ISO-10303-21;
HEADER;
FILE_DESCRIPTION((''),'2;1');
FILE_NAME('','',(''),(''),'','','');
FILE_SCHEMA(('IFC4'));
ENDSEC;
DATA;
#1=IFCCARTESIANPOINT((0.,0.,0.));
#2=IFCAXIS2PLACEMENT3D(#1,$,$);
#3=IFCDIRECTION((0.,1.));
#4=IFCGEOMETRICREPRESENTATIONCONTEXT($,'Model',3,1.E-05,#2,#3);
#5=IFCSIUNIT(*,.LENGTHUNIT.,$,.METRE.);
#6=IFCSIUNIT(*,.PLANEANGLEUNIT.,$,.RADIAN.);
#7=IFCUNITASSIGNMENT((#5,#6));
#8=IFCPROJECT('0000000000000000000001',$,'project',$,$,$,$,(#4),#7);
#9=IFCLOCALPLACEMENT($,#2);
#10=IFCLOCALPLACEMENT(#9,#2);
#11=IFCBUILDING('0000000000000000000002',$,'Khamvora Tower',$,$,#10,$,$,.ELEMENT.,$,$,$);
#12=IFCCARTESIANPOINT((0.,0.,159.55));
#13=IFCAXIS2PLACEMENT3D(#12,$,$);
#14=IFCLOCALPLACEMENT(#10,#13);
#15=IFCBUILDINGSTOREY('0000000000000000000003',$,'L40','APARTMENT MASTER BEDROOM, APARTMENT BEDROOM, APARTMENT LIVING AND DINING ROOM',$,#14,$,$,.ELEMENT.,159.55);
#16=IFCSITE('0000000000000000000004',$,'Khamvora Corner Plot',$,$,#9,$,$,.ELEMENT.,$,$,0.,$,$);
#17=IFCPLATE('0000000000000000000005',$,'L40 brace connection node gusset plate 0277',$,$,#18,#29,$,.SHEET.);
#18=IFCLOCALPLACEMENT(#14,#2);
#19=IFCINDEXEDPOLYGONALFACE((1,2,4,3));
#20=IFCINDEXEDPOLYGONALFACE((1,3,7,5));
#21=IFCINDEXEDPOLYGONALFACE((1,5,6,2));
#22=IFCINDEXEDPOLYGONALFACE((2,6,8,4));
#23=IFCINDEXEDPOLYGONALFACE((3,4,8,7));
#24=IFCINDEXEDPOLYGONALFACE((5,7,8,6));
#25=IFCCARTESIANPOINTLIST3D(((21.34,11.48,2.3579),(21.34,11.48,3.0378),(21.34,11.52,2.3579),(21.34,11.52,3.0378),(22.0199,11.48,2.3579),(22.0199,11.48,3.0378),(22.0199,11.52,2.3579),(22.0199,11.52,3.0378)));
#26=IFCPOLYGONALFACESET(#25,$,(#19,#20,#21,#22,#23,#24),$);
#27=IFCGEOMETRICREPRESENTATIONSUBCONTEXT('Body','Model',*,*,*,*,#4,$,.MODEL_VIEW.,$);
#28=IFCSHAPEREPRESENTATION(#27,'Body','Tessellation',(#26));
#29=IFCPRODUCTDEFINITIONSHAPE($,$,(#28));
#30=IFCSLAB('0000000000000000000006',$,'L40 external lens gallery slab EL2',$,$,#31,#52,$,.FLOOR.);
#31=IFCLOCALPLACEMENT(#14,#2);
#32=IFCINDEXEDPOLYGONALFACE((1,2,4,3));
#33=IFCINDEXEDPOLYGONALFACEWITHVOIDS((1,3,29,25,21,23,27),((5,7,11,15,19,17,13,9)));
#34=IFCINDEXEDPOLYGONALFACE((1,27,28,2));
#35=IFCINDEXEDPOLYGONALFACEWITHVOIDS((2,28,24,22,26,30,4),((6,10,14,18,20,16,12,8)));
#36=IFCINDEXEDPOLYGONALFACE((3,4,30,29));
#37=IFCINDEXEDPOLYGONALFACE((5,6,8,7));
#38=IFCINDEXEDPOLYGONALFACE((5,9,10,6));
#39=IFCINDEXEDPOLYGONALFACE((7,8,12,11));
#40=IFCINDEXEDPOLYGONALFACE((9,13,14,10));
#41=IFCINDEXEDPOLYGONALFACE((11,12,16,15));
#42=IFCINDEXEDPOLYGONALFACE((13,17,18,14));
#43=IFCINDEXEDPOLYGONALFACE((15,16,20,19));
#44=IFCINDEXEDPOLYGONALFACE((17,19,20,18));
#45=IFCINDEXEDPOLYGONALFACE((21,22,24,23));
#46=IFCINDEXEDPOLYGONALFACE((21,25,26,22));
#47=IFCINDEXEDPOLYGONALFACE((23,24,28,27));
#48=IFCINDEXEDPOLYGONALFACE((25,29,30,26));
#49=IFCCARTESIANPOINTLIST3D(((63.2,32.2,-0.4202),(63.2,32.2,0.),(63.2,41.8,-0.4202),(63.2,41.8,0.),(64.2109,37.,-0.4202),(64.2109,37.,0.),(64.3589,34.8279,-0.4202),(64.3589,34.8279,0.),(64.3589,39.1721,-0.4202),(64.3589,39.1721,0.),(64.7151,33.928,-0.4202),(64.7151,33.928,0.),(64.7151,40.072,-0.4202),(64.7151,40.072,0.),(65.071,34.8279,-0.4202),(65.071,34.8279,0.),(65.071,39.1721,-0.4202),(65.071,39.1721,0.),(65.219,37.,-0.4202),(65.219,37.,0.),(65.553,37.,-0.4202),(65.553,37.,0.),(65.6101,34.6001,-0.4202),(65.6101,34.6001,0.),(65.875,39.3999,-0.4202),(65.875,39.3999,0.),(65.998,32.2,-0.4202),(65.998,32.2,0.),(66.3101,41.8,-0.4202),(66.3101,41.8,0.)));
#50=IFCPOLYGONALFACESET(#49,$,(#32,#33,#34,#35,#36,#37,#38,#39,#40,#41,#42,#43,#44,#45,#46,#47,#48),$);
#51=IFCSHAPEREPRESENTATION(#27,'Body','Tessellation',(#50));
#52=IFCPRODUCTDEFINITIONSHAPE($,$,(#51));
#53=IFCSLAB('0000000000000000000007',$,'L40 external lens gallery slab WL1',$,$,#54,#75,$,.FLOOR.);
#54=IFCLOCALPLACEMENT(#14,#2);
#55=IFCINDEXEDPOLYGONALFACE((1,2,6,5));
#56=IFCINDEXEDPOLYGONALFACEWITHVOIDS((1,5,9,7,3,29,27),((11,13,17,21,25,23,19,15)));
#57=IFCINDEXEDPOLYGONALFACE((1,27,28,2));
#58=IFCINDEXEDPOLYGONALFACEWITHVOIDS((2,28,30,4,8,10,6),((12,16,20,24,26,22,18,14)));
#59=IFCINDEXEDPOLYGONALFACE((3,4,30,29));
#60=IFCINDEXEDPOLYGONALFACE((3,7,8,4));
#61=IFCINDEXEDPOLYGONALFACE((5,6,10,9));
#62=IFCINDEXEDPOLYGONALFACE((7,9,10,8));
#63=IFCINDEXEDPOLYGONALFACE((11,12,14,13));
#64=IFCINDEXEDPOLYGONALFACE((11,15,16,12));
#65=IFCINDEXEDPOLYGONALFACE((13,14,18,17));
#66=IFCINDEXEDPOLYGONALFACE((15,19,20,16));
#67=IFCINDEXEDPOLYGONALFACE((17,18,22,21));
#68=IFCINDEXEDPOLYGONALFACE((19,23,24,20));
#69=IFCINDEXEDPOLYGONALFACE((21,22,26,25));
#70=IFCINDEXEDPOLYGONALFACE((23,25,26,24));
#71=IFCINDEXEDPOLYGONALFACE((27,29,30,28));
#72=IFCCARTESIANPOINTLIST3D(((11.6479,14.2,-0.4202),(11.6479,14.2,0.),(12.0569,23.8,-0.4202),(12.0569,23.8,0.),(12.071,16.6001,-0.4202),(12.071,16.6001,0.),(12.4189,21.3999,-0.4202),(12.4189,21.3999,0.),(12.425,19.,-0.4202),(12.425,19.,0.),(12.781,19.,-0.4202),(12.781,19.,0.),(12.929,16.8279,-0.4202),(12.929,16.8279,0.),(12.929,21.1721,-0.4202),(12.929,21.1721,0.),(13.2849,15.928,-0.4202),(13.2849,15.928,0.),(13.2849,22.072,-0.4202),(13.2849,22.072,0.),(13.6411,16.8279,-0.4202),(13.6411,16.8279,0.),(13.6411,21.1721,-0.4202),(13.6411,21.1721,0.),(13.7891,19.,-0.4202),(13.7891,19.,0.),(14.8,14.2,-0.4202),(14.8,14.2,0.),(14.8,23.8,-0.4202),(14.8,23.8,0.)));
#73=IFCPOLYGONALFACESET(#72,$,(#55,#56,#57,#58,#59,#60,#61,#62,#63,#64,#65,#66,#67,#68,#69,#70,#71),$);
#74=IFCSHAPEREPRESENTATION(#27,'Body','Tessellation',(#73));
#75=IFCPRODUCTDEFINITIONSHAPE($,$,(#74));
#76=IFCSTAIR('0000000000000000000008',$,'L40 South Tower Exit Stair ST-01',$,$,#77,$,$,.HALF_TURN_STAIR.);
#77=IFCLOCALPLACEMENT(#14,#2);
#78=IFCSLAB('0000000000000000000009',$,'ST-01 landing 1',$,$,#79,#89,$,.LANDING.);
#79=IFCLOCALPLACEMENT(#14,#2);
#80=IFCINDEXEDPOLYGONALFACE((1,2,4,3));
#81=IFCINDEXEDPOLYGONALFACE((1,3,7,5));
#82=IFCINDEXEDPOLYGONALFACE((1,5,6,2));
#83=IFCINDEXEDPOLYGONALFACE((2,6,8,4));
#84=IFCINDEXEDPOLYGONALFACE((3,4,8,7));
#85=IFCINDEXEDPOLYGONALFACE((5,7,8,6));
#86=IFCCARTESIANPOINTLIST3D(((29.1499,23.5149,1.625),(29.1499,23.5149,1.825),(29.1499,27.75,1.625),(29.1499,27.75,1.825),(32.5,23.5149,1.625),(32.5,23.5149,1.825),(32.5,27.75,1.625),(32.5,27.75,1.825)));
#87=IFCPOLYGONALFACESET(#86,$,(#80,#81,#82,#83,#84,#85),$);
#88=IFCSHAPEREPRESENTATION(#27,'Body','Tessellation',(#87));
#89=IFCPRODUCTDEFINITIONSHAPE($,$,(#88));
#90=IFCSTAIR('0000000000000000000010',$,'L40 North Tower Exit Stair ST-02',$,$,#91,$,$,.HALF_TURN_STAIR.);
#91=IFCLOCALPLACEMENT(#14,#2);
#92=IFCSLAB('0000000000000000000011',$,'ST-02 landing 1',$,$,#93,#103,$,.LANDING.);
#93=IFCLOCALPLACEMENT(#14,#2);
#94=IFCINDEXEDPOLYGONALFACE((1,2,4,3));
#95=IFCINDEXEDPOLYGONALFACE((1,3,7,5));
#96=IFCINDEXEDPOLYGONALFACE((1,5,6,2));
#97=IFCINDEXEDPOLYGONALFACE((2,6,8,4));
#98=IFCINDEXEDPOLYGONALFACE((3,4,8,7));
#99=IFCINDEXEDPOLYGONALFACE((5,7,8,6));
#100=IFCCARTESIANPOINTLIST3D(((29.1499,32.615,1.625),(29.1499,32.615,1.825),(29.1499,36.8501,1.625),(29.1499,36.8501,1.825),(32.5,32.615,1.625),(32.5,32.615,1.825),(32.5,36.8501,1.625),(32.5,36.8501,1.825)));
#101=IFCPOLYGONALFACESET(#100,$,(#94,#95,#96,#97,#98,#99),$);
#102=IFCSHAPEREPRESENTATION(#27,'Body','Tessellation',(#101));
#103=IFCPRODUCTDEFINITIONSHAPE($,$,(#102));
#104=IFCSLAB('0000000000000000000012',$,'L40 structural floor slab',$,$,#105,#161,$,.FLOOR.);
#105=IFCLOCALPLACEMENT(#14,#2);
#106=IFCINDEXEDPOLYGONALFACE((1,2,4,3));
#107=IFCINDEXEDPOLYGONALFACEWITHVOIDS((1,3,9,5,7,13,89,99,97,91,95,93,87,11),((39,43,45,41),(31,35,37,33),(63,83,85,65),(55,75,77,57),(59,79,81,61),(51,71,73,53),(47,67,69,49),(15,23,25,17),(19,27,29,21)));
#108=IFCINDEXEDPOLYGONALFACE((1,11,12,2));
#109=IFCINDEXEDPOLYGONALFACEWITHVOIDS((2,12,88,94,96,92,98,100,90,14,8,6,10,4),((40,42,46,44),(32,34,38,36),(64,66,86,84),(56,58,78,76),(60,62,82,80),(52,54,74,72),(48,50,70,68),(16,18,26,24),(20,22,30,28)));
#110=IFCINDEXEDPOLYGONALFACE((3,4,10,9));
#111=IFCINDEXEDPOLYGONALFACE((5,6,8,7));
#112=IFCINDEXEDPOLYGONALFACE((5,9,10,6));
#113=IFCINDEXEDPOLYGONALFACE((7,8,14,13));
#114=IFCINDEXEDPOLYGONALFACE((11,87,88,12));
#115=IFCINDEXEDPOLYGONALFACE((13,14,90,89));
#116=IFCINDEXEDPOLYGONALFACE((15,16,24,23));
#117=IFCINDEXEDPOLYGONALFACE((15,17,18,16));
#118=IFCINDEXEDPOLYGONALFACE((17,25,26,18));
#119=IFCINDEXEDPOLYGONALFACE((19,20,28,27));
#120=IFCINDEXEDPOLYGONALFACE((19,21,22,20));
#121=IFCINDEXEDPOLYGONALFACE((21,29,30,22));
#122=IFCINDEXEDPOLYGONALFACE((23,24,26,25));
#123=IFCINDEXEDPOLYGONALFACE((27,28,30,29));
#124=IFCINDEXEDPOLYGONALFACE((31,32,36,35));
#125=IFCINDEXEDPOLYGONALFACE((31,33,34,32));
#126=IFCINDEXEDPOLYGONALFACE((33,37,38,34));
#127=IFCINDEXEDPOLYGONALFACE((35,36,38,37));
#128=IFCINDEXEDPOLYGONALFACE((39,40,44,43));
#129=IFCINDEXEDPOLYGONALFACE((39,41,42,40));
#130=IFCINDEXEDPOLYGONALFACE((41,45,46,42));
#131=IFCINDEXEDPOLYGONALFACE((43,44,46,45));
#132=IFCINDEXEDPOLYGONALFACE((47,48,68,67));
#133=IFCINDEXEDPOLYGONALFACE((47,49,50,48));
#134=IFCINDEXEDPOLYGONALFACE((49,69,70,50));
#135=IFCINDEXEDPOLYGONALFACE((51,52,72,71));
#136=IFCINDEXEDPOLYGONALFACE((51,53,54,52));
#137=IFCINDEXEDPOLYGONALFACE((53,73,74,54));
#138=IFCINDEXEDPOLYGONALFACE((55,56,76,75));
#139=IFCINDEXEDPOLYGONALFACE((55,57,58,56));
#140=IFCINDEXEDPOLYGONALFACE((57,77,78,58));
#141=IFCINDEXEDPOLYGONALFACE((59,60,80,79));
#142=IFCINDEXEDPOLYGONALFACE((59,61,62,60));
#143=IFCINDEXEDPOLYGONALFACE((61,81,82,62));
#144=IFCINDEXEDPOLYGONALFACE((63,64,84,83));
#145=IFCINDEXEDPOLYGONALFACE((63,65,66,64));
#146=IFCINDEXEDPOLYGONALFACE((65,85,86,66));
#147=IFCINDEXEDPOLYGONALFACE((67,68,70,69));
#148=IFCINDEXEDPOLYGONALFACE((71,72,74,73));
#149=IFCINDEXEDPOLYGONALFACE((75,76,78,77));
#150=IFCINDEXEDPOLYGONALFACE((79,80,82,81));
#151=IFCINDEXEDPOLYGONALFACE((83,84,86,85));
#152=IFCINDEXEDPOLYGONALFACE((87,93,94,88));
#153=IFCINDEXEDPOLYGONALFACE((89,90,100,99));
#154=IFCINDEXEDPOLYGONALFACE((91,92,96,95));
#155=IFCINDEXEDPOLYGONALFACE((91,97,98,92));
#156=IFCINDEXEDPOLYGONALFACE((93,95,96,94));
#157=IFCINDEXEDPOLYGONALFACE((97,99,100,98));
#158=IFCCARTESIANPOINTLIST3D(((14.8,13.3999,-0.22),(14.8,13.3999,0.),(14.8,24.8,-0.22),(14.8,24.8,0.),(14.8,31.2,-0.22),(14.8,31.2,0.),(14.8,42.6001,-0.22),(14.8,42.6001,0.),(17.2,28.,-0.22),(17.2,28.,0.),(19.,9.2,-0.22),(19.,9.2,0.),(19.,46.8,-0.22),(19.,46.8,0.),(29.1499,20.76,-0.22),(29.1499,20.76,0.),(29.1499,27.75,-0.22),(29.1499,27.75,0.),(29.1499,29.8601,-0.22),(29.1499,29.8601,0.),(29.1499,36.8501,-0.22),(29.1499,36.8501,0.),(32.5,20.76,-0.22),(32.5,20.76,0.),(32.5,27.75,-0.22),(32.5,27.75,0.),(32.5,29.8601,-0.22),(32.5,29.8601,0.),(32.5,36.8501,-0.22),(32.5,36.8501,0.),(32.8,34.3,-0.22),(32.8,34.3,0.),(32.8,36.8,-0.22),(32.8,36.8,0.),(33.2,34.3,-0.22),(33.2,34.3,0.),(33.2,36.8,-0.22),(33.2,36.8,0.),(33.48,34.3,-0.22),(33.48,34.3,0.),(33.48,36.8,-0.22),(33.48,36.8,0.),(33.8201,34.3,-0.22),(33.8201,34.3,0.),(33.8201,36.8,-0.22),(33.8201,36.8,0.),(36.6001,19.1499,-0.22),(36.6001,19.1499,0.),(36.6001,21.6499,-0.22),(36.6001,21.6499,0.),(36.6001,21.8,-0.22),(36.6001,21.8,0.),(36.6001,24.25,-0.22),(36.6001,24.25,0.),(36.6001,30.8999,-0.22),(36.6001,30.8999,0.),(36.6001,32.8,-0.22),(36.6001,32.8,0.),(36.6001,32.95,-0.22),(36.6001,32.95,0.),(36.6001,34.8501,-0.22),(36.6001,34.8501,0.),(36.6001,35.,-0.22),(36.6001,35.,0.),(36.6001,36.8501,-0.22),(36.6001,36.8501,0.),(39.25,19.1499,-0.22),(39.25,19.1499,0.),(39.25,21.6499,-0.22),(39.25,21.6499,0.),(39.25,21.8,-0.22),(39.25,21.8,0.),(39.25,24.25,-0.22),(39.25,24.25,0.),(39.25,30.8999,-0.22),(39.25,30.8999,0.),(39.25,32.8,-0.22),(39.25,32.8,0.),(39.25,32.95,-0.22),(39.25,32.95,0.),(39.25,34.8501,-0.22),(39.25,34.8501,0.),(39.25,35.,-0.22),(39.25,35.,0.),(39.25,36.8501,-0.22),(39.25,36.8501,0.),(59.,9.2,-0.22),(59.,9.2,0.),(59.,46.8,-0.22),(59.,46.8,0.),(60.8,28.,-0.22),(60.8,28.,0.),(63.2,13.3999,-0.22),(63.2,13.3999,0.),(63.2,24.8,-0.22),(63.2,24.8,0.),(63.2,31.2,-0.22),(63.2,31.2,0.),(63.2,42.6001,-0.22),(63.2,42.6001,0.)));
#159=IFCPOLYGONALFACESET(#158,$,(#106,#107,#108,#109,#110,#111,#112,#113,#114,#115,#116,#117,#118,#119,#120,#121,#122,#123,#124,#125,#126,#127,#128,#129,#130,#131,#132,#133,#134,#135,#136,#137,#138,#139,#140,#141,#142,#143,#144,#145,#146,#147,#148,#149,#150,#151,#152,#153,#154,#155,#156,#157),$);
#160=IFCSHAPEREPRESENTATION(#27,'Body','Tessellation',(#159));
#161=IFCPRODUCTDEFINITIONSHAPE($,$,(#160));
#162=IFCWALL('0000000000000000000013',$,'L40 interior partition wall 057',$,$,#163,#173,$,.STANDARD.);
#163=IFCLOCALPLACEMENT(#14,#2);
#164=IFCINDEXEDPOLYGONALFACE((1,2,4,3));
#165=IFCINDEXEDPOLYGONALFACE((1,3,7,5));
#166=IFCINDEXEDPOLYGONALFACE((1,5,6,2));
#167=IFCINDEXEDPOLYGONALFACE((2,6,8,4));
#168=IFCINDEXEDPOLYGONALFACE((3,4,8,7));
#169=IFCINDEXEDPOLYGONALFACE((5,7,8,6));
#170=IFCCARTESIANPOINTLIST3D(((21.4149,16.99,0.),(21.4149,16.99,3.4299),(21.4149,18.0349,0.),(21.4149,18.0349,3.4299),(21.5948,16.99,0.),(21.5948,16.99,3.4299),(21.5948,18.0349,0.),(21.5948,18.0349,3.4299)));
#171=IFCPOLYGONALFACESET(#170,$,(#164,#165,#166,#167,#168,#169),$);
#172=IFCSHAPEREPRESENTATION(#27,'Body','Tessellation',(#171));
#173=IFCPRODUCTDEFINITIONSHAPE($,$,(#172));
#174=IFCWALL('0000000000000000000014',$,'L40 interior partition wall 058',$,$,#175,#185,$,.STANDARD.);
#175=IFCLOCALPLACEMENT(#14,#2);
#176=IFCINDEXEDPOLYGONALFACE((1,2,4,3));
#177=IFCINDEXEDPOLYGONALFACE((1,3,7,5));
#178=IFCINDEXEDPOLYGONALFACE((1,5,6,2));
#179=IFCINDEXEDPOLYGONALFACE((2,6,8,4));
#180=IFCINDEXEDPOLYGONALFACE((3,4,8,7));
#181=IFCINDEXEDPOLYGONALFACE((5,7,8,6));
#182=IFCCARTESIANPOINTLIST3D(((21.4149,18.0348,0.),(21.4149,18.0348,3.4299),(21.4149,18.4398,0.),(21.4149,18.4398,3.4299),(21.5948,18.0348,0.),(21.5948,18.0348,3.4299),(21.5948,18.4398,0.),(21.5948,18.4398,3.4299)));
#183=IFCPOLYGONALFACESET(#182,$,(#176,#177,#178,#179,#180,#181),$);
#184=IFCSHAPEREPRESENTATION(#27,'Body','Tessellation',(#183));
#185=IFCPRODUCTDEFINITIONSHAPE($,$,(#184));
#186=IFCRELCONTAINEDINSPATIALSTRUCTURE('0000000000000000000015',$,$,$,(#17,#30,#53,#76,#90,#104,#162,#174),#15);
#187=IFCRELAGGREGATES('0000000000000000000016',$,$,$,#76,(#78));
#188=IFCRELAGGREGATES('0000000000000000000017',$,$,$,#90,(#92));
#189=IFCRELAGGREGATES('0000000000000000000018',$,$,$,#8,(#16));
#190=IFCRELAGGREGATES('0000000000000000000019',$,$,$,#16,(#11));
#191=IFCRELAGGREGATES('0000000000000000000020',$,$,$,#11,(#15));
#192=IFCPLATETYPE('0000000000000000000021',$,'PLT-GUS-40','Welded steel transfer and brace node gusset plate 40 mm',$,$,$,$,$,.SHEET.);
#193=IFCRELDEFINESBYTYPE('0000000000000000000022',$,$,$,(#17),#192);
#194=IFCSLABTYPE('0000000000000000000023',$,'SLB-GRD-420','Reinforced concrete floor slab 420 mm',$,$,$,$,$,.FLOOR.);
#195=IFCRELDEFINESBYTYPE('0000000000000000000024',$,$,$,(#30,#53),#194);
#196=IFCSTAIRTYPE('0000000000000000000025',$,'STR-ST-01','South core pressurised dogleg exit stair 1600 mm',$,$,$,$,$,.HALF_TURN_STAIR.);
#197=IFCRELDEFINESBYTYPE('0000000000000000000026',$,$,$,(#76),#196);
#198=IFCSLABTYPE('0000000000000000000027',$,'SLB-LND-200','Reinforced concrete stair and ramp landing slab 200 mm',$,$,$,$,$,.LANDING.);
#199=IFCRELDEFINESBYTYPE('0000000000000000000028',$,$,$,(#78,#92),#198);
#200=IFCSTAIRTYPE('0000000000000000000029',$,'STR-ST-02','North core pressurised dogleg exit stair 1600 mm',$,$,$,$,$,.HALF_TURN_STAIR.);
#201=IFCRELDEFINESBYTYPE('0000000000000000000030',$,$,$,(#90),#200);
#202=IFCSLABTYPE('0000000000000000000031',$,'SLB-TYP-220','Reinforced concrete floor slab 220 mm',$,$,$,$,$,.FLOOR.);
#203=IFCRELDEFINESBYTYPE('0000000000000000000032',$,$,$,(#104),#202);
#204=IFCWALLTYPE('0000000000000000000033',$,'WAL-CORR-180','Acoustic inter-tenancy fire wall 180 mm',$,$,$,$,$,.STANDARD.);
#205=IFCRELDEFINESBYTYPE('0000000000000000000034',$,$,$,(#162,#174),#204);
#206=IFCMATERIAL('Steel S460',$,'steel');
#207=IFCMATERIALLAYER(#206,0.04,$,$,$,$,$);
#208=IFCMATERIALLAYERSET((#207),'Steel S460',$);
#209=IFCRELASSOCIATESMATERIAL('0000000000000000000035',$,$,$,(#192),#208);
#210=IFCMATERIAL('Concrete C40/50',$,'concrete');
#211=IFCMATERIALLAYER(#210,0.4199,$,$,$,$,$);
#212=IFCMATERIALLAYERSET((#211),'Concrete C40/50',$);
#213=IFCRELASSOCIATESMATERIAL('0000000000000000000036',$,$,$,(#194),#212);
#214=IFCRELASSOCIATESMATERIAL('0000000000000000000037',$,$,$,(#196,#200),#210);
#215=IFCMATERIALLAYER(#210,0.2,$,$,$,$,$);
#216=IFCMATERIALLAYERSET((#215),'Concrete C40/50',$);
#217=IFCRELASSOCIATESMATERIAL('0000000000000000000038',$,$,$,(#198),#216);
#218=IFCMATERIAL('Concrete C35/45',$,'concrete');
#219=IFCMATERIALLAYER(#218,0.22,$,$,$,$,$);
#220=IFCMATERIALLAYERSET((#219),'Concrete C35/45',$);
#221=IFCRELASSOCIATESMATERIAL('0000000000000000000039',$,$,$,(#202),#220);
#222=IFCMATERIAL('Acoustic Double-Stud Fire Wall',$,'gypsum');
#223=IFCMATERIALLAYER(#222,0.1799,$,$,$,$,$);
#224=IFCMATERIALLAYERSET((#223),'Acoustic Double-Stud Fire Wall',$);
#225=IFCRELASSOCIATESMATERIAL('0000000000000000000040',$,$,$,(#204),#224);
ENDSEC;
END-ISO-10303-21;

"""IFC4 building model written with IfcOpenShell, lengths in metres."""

from ifc_helpers import new_model, si_unit, direction, frame, frame_2d, origin, origin_2d, place, context, subcontext, project, spatial, polyline, rectangle, outline, extrude, material, layer, layer_set, type_object, element, aggregate, save


model = new_model("IFC4")

# Units and contexts
model_context = context("Model", 3, precision=1e-05, world=origin(), true_north=direction((0.0, 1.0)))
body_context = subcontext(model_context, "Body", "Model", "MODEL_VIEW")
ifc_project = project(units=[si_unit("LENGTHUNIT", "METRE"), si_unit("PLANEANGLEUNIT", "RADIAN")], contexts=[model_context])

# Site, building, storey
site_placement = place(None, origin())
site = spatial("IfcSite", under=ifc_project, at=site_placement, Name="Khamvora Corner Plot", CompositionType="ELEMENT", RefElevation=0.0)
building_placement = place(site_placement, origin())
building = spatial("IfcBuilding", under=site, at=building_placement, Name="Khamvora Tower", CompositionType="ELEMENT")
storey_placement = place(building_placement, frame((0.0, 0.0, 159.55)))
storey = spatial("IfcBuildingStorey", under=building, at=storey_placement, Name="L40", Description="APARTMENT MASTER BEDROOM, APARTMENT BEDROOM, APARTMENT LIVING AND DINING ROOM", CompositionType="ELEMENT", Elevation=159.55)

# Plate
ifc_material_1 = material(Name="Steel S460", Category="steel")
ifc_layer_1 = layer(ifc_material_1, 0.04)
ifc_layer_set_1 = layer_set([ifc_layer_1], Name="Steel S460")
plate_type_1 = type_object("IfcPlateType", Name="PLT-GUS-40", Description="Welded steel transfer and brace node gusset plate 40 mm", PredefinedType="SHEET", material=ifc_layer_set_1)
plate_1_placement = place(storey_placement, frame((21.6799, 11.5, 2.3579), z_axis=(0.0, 0.0, 1.0), x_axis=(1.0, 0.0, 0.0)))
element("IfcPlate", 1, at=plate_1_placement, inside=storey, type_object=plate_type_1, Name="L40 brace connection node gusset plate 0277", PredefinedType="SHEET", context=body_context, shape_type="SweptSolid", body=[
    extrude(rectangle(XDim=0.6799, YDim=0.04, at=origin_2d()), origin(), (0.0, 0.0, 1.0), 0.6799),
])

# Slabs
ifc_material_2 = material(Name="Concrete C40/50", Category="concrete")
ifc_layer_2 = layer(ifc_material_2, 0.4199)
ifc_layer_set_2 = layer_set([ifc_layer_2], Name="Concrete C40/50")
slab_type_1 = type_object("IfcSlabType", Name="SLB-GRD-420", Description="Reinforced concrete floor slab 420 mm", PredefinedType="FLOOR", material=ifc_layer_set_2)
slab_1_placement = place(storey_placement, frame((0.0, 0.0, -0.4202)))
element("IfcSlab", 2, at=slab_1_placement, inside=storey, type_object=slab_type_1, Name="L40 external lens gallery slab EL2", PredefinedType="FLOOR", context=body_context, shape_type="SweptSolid", body=[
    extrude(outline(polyline([(65.998, 32.2), (65.6101, 34.6001), (65.553, 37.0), (65.875, 39.3999), (66.3101, 41.8), (63.2, 41.8), (63.2, 32.2), (65.998, 32.2)]), holes=[polyline([(65.219, 37.0), (65.071, 39.1721), (64.7151, 40.072), (64.3589, 39.1721), (64.2109, 37.0), (64.3589, 34.8279), (64.7151, 33.928), (65.071, 34.8279), (65.219, 37.0)])]), origin(), (0.0, 0.0, 1.0), 0.4202),
])
slab_2_placement = place(storey_placement, frame((0.0, 0.0, -0.4202)))
element("IfcSlab", 3, at=slab_2_placement, inside=storey, type_object=slab_type_1, Name="L40 external lens gallery slab WL1", PredefinedType="FLOOR", context=body_context, shape_type="SweptSolid", body=[
    extrude(outline(polyline([(14.8, 14.2), (14.8, 23.8), (12.0569, 23.8), (12.4189, 21.3999), (12.425, 19.0), (12.071, 16.6001), (11.6479, 14.2), (14.8, 14.2)]), holes=[polyline([(13.7891, 19.0), (13.6411, 21.1721), (13.2849, 22.072), (12.929, 21.1721), (12.781, 19.0), (12.929, 16.8279), (13.2849, 15.928), (13.6411, 16.8279), (13.7891, 19.0)])]), origin(), (0.0, 0.0, 1.0), 0.4202),
])

# Stairs, slabs
stair_type_1 = type_object("IfcStairType", Name="STR-ST-01", Description="South core pressurised dogleg exit stair 1600 mm", PredefinedType="HALF_TURN_STAIR", material=ifc_material_2)
stair_1_placement = place(storey_placement, origin())
stair_1 = element("IfcStair", 4, at=stair_1_placement, inside=storey, type_object=stair_type_1, Name="L40 South Tower Exit Stair ST-01", PredefinedType="HALF_TURN_STAIR")
ifc_layer_3 = layer(ifc_material_2, 0.2)
ifc_layer_set_3 = layer_set([ifc_layer_3], Name="Concrete C40/50")
slab_type_2 = type_object("IfcSlabType", Name="SLB-LND-200", Description="Reinforced concrete stair and ramp landing slab 200 mm", PredefinedType="LANDING", material=ifc_layer_set_3)
slab_3_placement = place(storey_placement, frame((0.0, 0.0, 1.625)))
slab_3 = element("IfcSlab", 5, at=slab_3_placement, type_object=slab_type_2, Name="ST-01 landing 1", PredefinedType="LANDING", context=body_context, shape_type="SweptSolid", body=[
    extrude(outline(polyline([(32.5, 23.5149), (32.5, 27.75), (29.1499, 27.75), (29.1499, 23.5149), (32.5, 23.5149)])), origin(), (0.0, 0.0, 1.0), 0.2),
])
aggregate(stair_1, [slab_3])
stair_type_2 = type_object("IfcStairType", Name="STR-ST-02", Description="North core pressurised dogleg exit stair 1600 mm", PredefinedType="HALF_TURN_STAIR", material=ifc_material_2)
stair_2_placement = place(storey_placement, origin())
stair_2 = element("IfcStair", 6, at=stair_2_placement, inside=storey, type_object=stair_type_2, Name="L40 North Tower Exit Stair ST-02", PredefinedType="HALF_TURN_STAIR")
slab_4_placement = place(storey_placement, frame((0.0, 0.0, 1.625)))
slab_4 = element("IfcSlab", 7, at=slab_4_placement, type_object=slab_type_2, Name="ST-02 landing 1", PredefinedType="LANDING", context=body_context, shape_type="SweptSolid", body=[
    extrude(outline(polyline([(32.5, 32.615), (32.5, 36.8501), (29.1499, 36.8501), (29.1499, 32.615), (32.5, 32.615)])), origin(), (0.0, 0.0, 1.0), 0.2),
])
aggregate(stair_2, [slab_4])

# Slab
ifc_material_3 = material(Name="Concrete C35/45", Category="concrete")
ifc_layer_4 = layer(ifc_material_3, 0.22)
ifc_layer_set_4 = layer_set([ifc_layer_4], Name="Concrete C35/45")
slab_type_3 = type_object("IfcSlabType", Name="SLB-TYP-220", Description="Reinforced concrete floor slab 220 mm", PredefinedType="FLOOR", material=ifc_layer_set_4)
slab_5_placement = place(storey_placement, frame((0.0, 0.0, -0.22)))
element("IfcSlab", 8, at=slab_5_placement, inside=storey, type_object=slab_type_3, Name="L40 structural floor slab", PredefinedType="FLOOR", context=body_context, shape_type="SweptSolid", body=[
    extrude(outline(polyline([(19.0, 9.2), (59.0, 9.2), (63.2, 13.3999), (63.2, 24.8), (60.8, 28.0), (63.2, 31.2), (63.2, 42.6001), (59.0, 46.8), (19.0, 46.8), (14.8, 42.6001), (14.8, 31.2), (17.2, 28.0), (14.8, 24.8), (14.8, 13.3999), (19.0, 9.2)]), holes=[polyline([(32.5, 20.76), (32.5, 27.75), (29.1499, 27.75), (29.1499, 20.76), (32.5, 20.76)]), polyline([(32.5, 29.8601), (32.5, 36.8501), (29.1499, 36.8501), (29.1499, 29.8601), (32.5, 29.8601)]), polyline([(36.6001, 19.1499), (39.25, 19.1499), (39.25, 21.6499), (36.6001, 21.6499), (36.6001, 19.1499)]), polyline([(36.6001, 21.8), (39.25, 21.8), (39.25, 24.25), (36.6001, 24.25), (36.6001, 21.8)]), polyline([(36.6001, 30.8999), (39.25, 30.8999), (39.25, 32.8), (36.6001, 32.8), (36.6001, 30.8999)]), polyline([(36.6001, 32.95), (39.25, 32.95), (39.25, 34.8501), (36.6001, 34.8501), (36.6001, 32.95)]), polyline([(36.6001, 35.0), (39.25, 35.0), (39.25, 36.8501), (36.6001, 36.8501), (36.6001, 35.0)]), polyline([(32.8, 34.3), (33.2, 34.3), (33.2, 36.8), (32.8, 36.8), (32.8, 34.3)]), polyline([(33.48, 34.3), (33.8201, 34.3), (33.8201, 36.8), (33.48, 36.8), (33.48, 34.3)])]), origin(), (0.0, 0.0, 1.0), 0.22),
])

# Walls
ifc_material_4 = material(Name="Acoustic Double-Stud Fire Wall", Category="gypsum")
ifc_layer_5 = layer(ifc_material_4, 0.1799)
ifc_layer_set_5 = layer_set([ifc_layer_5], Name="Acoustic Double-Stud Fire Wall")
wall_type_1 = type_object("IfcWallType", Name="WAL-CORR-180", Description="Acoustic inter-tenancy fire wall 180 mm", PredefinedType="STANDARD", material=ifc_layer_set_5)
wall_1_placement = place(storey_placement, frame((21.5049, 18.0349, 0.0), z_axis=(0.0, 0.0, 1.0), x_axis=(0.0, -1.0, 0.0)))
element("IfcWall", 9, at=wall_1_placement, inside=storey, type_object=wall_type_1, Name="L40 interior partition wall 057", PredefinedType="STANDARD", context=body_context, shape_type="SweptSolid", body=[
    extrude(rectangle(XDim=1.0449, YDim=0.1799, at=frame_2d((0.5225, 0.0))), origin(), (0.0, 0.0, 1.0), 3.4299),
])
wall_2_placement = place(storey_placement, frame((21.5049, 18.4399, 0.0), z_axis=(0.0, 0.0, 1.0), x_axis=(0.0, -1.0, 0.0)))
element("IfcWall", 10, at=wall_2_placement, inside=storey, type_object=wall_type_1, Name="L40 interior partition wall 058", PredefinedType="STANDARD", context=body_context, shape_type="SweptSolid", body=[
    extrude(rectangle(XDim=0.405, YDim=0.1799, at=frame_2d((0.2026, 0.0))), origin(), (0.0, 0.0, 1.0), 3.4299),
])

save(model, "model.ifc")
